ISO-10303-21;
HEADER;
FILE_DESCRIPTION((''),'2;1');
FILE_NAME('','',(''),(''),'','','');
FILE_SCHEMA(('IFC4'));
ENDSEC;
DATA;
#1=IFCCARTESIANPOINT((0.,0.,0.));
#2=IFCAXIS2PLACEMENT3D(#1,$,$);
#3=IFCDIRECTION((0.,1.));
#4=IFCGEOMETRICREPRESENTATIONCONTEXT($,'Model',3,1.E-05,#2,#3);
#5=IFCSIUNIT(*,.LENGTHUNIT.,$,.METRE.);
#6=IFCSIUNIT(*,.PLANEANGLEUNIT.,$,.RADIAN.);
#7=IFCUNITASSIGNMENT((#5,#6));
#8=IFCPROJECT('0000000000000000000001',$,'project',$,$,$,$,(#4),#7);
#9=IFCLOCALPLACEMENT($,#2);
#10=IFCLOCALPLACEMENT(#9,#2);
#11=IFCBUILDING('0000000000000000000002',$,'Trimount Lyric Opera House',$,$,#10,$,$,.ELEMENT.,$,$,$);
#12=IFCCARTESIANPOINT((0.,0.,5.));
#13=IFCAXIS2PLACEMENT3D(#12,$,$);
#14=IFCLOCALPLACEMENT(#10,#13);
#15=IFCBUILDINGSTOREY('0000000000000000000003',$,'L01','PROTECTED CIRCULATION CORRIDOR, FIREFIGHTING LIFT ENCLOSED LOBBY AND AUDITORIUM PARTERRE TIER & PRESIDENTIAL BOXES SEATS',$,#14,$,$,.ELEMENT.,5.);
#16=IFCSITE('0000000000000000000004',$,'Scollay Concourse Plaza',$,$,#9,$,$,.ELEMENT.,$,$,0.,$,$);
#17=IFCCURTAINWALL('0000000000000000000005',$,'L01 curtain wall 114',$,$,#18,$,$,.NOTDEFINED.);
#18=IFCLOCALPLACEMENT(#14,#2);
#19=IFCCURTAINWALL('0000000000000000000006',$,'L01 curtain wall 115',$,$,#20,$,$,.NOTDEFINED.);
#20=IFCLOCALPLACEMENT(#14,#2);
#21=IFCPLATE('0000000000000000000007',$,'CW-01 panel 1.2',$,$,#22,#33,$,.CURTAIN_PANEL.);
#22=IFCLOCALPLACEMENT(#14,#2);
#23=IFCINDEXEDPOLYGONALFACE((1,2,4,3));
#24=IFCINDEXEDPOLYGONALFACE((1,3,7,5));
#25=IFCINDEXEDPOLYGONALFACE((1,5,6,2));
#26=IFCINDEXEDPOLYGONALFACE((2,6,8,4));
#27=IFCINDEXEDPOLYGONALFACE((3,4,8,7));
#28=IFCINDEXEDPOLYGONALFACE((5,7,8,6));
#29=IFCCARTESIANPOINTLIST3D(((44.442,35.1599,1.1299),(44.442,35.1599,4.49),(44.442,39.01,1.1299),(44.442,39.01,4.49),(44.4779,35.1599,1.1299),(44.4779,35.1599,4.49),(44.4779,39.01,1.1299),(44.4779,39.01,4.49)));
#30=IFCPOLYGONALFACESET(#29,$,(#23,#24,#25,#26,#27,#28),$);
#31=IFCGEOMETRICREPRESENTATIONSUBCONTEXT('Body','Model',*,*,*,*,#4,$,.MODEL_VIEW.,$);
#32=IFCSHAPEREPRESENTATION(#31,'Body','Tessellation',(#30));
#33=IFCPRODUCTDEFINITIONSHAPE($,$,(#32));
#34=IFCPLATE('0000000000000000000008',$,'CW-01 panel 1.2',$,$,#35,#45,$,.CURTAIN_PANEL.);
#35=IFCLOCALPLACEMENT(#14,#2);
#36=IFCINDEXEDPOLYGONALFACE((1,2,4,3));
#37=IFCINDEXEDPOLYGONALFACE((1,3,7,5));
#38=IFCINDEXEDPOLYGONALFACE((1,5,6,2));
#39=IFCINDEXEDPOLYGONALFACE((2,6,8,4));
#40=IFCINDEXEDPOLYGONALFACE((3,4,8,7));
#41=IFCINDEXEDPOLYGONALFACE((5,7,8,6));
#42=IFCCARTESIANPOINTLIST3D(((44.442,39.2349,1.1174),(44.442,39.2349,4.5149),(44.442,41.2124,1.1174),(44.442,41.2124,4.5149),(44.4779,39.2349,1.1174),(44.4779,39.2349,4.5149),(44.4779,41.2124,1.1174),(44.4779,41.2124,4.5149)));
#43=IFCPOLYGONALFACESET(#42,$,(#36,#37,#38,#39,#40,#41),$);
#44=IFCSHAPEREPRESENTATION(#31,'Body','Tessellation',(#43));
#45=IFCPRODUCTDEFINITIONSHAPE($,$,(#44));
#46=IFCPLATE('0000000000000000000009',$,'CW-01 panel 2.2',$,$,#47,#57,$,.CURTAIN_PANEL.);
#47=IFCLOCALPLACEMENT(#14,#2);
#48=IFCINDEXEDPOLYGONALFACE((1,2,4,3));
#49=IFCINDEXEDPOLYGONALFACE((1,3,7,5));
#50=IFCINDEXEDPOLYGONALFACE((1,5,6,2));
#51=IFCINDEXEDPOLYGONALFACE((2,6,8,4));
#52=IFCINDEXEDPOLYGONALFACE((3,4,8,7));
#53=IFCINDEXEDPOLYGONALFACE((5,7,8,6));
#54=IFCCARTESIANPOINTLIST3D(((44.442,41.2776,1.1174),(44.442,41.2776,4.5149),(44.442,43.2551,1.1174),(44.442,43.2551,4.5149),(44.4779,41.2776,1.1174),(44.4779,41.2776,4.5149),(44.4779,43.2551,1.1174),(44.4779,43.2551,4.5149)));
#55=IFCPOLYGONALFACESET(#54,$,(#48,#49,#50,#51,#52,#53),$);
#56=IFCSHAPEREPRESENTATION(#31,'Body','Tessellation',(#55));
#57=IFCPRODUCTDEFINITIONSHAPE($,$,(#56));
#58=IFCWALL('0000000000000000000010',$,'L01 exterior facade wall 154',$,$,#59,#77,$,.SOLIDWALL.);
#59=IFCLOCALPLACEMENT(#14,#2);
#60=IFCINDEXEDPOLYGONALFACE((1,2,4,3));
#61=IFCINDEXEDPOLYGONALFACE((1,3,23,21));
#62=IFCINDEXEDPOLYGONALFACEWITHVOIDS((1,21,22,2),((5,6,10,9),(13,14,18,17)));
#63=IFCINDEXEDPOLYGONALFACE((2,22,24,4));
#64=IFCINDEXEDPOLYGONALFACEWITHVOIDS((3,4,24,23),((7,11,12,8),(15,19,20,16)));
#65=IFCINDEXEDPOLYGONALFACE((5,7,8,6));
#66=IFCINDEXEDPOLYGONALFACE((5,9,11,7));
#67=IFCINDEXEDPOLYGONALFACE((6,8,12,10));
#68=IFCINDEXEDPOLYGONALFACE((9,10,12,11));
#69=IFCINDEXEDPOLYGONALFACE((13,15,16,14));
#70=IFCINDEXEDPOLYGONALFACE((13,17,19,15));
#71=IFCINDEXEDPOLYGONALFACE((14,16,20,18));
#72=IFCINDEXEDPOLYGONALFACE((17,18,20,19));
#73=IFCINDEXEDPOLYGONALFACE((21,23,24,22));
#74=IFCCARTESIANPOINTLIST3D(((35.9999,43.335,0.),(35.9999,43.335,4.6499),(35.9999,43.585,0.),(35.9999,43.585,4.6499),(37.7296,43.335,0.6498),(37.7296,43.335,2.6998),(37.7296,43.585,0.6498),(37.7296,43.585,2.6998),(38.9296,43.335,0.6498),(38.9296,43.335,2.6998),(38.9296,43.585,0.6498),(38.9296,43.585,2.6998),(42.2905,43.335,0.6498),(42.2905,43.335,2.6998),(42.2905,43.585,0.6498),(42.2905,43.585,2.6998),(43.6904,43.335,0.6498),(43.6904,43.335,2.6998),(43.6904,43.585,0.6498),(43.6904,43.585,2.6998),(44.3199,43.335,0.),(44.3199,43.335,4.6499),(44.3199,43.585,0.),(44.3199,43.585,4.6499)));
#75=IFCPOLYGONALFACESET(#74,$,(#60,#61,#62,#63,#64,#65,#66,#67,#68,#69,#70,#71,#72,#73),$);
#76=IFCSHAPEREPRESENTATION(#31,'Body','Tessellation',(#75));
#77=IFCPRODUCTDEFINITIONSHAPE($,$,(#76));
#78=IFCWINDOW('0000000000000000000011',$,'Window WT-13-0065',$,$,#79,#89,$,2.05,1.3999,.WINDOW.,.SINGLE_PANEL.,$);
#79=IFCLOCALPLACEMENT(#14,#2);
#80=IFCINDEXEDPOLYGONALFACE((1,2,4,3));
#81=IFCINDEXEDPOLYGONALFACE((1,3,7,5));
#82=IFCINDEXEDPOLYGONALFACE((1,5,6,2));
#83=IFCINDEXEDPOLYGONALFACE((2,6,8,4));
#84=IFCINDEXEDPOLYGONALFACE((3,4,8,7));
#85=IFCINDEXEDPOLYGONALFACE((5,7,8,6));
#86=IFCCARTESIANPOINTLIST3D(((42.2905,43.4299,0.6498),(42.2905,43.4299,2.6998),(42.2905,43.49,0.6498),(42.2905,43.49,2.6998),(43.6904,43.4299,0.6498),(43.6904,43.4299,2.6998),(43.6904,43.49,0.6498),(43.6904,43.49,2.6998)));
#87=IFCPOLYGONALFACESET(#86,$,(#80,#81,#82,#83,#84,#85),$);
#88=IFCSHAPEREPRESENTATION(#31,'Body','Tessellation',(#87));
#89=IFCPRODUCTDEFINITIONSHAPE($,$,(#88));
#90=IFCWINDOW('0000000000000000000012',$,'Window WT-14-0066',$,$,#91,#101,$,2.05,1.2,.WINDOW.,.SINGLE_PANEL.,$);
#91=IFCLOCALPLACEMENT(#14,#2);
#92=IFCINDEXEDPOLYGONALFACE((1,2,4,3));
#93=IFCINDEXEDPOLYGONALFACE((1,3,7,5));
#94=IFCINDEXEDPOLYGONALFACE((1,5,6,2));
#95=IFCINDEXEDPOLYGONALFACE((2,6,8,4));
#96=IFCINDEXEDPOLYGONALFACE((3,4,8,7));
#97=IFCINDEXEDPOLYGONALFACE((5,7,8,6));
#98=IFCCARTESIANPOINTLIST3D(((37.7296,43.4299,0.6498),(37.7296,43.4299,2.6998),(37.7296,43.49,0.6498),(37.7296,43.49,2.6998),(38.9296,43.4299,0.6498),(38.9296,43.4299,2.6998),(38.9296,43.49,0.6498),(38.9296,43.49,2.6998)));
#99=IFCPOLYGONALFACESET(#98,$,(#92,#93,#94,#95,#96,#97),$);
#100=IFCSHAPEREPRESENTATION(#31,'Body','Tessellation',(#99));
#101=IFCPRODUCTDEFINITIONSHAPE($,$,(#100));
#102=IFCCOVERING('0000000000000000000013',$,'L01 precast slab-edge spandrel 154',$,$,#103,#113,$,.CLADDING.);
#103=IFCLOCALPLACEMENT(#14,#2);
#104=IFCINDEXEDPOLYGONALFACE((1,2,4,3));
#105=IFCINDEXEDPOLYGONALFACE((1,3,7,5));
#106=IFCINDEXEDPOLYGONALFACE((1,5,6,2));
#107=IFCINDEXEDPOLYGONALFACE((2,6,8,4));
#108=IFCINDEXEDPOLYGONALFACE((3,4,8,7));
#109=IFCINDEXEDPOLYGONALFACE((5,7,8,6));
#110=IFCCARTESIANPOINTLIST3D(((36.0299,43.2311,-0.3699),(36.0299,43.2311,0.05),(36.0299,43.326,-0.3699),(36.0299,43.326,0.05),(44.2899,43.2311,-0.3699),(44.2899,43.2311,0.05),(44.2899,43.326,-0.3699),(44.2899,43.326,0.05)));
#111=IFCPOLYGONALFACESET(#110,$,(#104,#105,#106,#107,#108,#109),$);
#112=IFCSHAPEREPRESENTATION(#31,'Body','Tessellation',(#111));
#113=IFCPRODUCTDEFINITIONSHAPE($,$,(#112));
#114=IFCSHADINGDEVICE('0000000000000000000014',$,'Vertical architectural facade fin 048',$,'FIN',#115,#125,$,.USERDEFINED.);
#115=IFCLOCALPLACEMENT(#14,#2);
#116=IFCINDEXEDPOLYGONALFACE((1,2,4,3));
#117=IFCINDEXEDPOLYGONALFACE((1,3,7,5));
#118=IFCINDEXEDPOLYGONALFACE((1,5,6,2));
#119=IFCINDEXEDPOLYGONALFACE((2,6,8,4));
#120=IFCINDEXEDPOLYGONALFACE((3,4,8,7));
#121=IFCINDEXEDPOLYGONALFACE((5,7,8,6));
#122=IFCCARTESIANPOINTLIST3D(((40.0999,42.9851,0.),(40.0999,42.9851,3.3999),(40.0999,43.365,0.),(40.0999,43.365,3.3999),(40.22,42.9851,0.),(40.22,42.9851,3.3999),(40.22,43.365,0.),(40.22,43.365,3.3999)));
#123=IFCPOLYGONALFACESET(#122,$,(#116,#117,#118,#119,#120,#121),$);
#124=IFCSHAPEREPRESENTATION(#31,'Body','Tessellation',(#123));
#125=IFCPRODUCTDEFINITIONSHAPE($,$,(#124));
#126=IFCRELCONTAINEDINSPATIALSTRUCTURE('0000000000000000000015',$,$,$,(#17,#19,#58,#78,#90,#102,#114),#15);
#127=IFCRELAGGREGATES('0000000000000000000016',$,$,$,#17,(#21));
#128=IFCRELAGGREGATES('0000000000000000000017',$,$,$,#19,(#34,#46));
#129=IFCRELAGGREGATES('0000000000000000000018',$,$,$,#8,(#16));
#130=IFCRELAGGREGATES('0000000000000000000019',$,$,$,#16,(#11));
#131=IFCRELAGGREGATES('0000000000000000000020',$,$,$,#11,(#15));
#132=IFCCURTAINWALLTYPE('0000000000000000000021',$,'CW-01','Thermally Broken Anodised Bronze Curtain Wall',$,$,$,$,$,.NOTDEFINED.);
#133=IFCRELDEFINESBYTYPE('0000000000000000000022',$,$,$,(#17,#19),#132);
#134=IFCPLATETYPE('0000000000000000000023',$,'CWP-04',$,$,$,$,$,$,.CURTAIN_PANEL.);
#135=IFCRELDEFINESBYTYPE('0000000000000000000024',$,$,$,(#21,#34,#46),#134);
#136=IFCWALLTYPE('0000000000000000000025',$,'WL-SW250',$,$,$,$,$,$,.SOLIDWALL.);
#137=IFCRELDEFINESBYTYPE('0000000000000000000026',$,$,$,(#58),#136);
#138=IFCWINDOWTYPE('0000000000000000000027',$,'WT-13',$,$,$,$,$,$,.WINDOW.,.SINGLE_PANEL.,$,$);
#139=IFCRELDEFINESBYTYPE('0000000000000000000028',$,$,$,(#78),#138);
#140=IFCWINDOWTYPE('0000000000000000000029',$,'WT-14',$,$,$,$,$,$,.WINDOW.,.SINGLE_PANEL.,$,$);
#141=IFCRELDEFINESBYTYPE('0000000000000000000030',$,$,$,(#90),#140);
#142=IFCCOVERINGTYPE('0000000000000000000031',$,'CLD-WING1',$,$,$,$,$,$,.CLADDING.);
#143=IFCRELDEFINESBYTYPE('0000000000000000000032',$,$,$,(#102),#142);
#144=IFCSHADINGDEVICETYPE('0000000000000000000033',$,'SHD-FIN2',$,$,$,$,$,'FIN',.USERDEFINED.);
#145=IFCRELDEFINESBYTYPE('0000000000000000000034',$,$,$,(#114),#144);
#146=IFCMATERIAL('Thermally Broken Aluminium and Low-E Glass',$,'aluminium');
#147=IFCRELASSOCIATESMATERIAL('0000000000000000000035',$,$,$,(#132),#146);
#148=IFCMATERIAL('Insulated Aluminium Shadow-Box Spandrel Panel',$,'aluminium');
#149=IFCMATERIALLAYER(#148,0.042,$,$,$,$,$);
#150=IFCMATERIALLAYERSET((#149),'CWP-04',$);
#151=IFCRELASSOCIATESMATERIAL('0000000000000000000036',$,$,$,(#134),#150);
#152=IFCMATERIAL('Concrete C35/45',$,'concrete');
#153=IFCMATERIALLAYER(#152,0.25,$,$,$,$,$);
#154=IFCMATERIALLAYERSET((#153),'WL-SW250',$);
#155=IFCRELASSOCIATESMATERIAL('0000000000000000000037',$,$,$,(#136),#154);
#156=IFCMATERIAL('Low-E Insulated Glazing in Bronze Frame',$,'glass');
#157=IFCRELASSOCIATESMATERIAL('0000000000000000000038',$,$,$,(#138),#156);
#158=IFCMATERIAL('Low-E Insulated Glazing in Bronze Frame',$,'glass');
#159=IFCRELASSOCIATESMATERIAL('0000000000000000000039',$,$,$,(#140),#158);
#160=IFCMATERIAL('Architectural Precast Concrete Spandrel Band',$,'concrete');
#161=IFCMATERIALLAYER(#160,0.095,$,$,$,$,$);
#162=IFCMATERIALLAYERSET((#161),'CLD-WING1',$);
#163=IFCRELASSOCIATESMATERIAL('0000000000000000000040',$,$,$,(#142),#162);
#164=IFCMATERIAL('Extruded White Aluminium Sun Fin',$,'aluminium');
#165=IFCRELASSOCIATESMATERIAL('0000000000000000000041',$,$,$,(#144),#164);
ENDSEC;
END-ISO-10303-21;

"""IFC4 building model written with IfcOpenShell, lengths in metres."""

from ifc_helpers import new_model, si_unit, direction, frame, frame_2d, origin, origin_2d, place, context, subcontext, project, spatial, rectangle, extrude, material, layer, layer_set, type_object, element, fill, aggregate, save


model = new_model("IFC4")

# Units and contexts
model_context = context("Model", 3, precision=1e-05, world=origin(), true_north=direction((0.0, 1.0)))
body_context = subcontext(model_context, "Body", "Model", "MODEL_VIEW")
ifc_project = project(units=[si_unit("LENGTHUNIT", "METRE"), si_unit("PLANEANGLEUNIT", "RADIAN")], contexts=[model_context])

# Site, building, storey
site_placement = place(None, origin())
site = spatial("IfcSite", under=ifc_project, at=site_placement, Name="Scollay Concourse Plaza", CompositionType="ELEMENT", RefElevation=0.0)
building_placement = place(site_placement, origin())
building = spatial("IfcBuilding", under=site, at=building_placement, Name="Trimount Lyric Opera House", CompositionType="ELEMENT")
storey_placement = place(building_placement, frame((0.0, 0.0, 5.0)))
storey = spatial("IfcBuildingStorey", under=building, at=storey_placement, Name="L01", Description="PROTECTED CIRCULATION CORRIDOR, FIREFIGHTING LIFT ENCLOSED LOBBY AND AUDITORIUM PARTERRE TIER & PRESIDENTIAL BOXES SEATS", CompositionType="ELEMENT", Elevation=5.0)

# Curtain wall
ifc_material_1 = material(Name="Thermally Broken Aluminium and Low-E Glass", Category="aluminium")
curtain_wall_type = type_object("IfcCurtainWallType", Name="CW-01", Description="Thermally Broken Anodised Bronze Curtain Wall", PredefinedType="NOTDEFINED", material=ifc_material_1)
curtain_wall_1_placement = place(storey_placement, origin())
curtain_wall_1 = element("IfcCurtainWall", 1, at=curtain_wall_1_placement, inside=storey, type_object=curtain_wall_type, Name="L01 curtain wall 114", PredefinedType="NOTDEFINED")

# Curtain wall
curtain_wall_2_placement = place(storey_placement, origin())
curtain_wall_2 = element("IfcCurtainWall", 2, at=curtain_wall_2_placement, inside=storey, type_object=curtain_wall_type, Name="L01 curtain wall 115", PredefinedType="NOTDEFINED")

# Plates
ifc_material_2 = material(Name="Insulated Aluminium Shadow-Box Spandrel Panel", Category="aluminium")
ifc_layer_1 = layer(ifc_material_2, 0.042)
ifc_layer_set_1 = layer_set([ifc_layer_1], Name="CWP-04")
plate_type_1 = type_object("IfcPlateType", Name="CWP-04", PredefinedType="CURTAIN_PANEL", material=ifc_layer_set_1)
plate_1_placement = place(storey_placement, frame((44.46, 37.085, 1.1299), z_axis=(0.0, 0.0, 1.0), x_axis=(0.0, 1.0, 0.0)))
plate_1 = element("IfcPlate", 3, at=plate_1_placement, type_object=plate_type_1, Name="CW-01 panel 1.2", PredefinedType="CURTAIN_PANEL", context=body_context, shape_type="SweptSolid", body=[
    extrude(rectangle(XDim=3.8501, YDim=0.0359, at=origin_2d()), origin(), (0.0, 0.0, 1.0), 3.3601),
])
aggregate(curtain_wall_1, [plate_1])
plate_2_placement = place(storey_placement, frame((44.46, 40.2236, 1.1174), z_axis=(0.0, 0.0, 1.0), x_axis=(0.0, 1.0, 0.0)))
plate_2 = element("IfcPlate", 4, at=plate_2_placement, type_object=plate_type_1, Name="CW-01 panel 1.2", PredefinedType="CURTAIN_PANEL", context=body_context, shape_type="SweptSolid", body=[
    extrude(rectangle(XDim=1.9775, YDim=0.0359, at=origin_2d()), origin(), (0.0, 0.0, 1.0), 3.3975),
])
plate_3_placement = place(storey_placement, frame((44.46, 42.2664, 1.1174), z_axis=(0.0, 0.0, 1.0), x_axis=(0.0, 1.0, 0.0)))
plate_3 = element("IfcPlate", 5, at=plate_3_placement, type_object=plate_type_1, Name="CW-01 panel 2.2", PredefinedType="CURTAIN_PANEL", context=body_context, shape_type="SweptSolid", body=[
    extrude(rectangle(XDim=1.9775, YDim=0.0359, at=origin_2d()), origin(), (0.0, 0.0, 1.0), 3.3975),
])
aggregate(curtain_wall_2, [plate_2, plate_3])

# Wall, openings, windows
ifc_material_3 = material(Name="Concrete C35/45", Category="concrete")
ifc_layer_2 = layer(ifc_material_3, 0.25)
ifc_layer_set_2 = layer_set([ifc_layer_2], Name="WL-SW250")
wall_type = type_object("IfcWallType", Name="WL-SW250", PredefinedType="SOLIDWALL", material=ifc_layer_set_2)
wall_placement = place(storey_placement, frame((44.3201, 43.46, 0.0), z_axis=(0.0, 0.0, 1.0), x_axis=(-1.0, 0.0, 0.0)))
wall = element("IfcWall", 6, at=wall_placement, inside=storey, type_object=wall_type, Name="L01 exterior facade wall 154", PredefinedType="SOLIDWALL", context=body_context, shape_type="SweptSolid", body=[
    extrude(rectangle(XDim=8.3201, YDim=0.25, at=frame_2d((4.1602, 0.0))), origin(), (0.0, 0.0, 1.0), 4.6499),
])
opening_1_placement = place(wall_placement, frame((0.6296, 0.0, 0.6499)))
opening_1 = element("IfcOpeningElement", 7, at=opening_1_placement, cuts=wall, PredefinedType="OPENING", context=body_context, shape_type="SweptSolid", body=[
    extrude(rectangle(XDim=1.3999, YDim=2.05, at=frame_2d((0.7, 1.0249))), frame((0.0, 0.135, 0.0), z_axis=(0.0, -1.0, 0.0), x_axis=(1.0, 0.0, 0.0)), (0.0, 0.0, 1.0), 0.27),
])
opening_2_placement = place(wall_placement, frame((5.3904, 0.0, 0.6499)))
opening_2 = element("IfcOpeningElement", 8, at=opening_2_placement, cuts=wall, PredefinedType="OPENING", context=body_context, shape_type="SweptSolid", body=[
    extrude(rectangle(XDim=1.2, YDim=2.05, at=frame_2d((0.6001, 1.0249))), frame((0.0, 0.135, 0.0), z_axis=(0.0, -1.0, 0.0), x_axis=(1.0, 0.0, 0.0)), (0.0, 0.0, 1.0), 0.27),
])
ifc_material_4 = material(Name="Low-E Insulated Glazing in Bronze Frame", Category="glass")
window_type_1 = type_object("IfcWindowType", Name="WT-13", PartitioningType="SINGLE_PANEL", PredefinedType="WINDOW", material=ifc_material_4)
window_1_placement = place(opening_1_placement, origin())
window_1 = element("IfcWindow", 9, at=window_1_placement, inside=storey, type_object=window_type_1, Name="Window WT-13-0065", OverallHeight=2.05, OverallWidth=1.3999, PartitioningType="SINGLE_PANEL", PredefinedType="WINDOW", context=body_context, shape_type="SweptSolid", body=[
    extrude(rectangle(XDim=1.3999, YDim=2.05, at=frame_2d((0.7, 1.0249))), frame((0.0, 0.03, 0.0), z_axis=(0.0, -1.0, 0.0), x_axis=(1.0, 0.0, 0.0)), (0.0, 0.0, 1.0), 0.0601),
])
fill(opening_1, window_1)
ifc_material_5 = material(Name="Low-E Insulated Glazing in Bronze Frame", Category="glass")
window_type_2 = type_object("IfcWindowType", Name="WT-14", PartitioningType="SINGLE_PANEL", PredefinedType="WINDOW", material=ifc_material_5)
window_2_placement = place(opening_2_placement, origin())
window_2 = element("IfcWindow", 10, at=window_2_placement, inside=storey, type_object=window_type_2, Name="Window WT-14-0066", OverallHeight=2.05, OverallWidth=1.2, PartitioningType="SINGLE_PANEL", PredefinedType="WINDOW", context=body_context, shape_type="SweptSolid", body=[
    extrude(rectangle(XDim=1.2, YDim=2.05, at=frame_2d((0.6001, 1.0249))), frame((0.0, 0.03, 0.0), z_axis=(0.0, -1.0, 0.0), x_axis=(1.0, 0.0, 0.0)), (0.0, 0.0, 1.0), 0.0601),
])
fill(opening_2, window_2)

# Covering
ifc_material_6 = material(Name="Architectural Precast Concrete Spandrel Band", Category="concrete")
ifc_layer_3 = layer(ifc_material_6, 0.095)
ifc_layer_set_3 = layer_set([ifc_layer_3], Name="CLD-WING1")
covering_type = type_object("IfcCoveringType", Name="CLD-WING1", PredefinedType="CLADDING", material=ifc_layer_set_3)
covering_placement = place(storey_placement, frame((40.1599, 43.2786, -0.3699), z_axis=(0.0, 0.0, 1.0), x_axis=(-1.0, 0.0, 0.0)))
element("IfcCovering", 11, at=covering_placement, inside=storey, type_object=covering_type, Name="L01 precast slab-edge spandrel 154", PredefinedType="CLADDING", context=body_context, shape_type="SweptSolid", body=[
    extrude(rectangle(XDim=8.26, YDim=0.095, at=origin_2d()), origin(), (0.0, 0.0, 1.0), 0.4199),
])

# Shading device
ifc_material_7 = material(Name="Extruded White Aluminium Sun Fin", Category="aluminium")
shading_device_type = type_object("IfcShadingDeviceType", Name="SHD-FIN2", ElementType="FIN", PredefinedType="USERDEFINED", material=ifc_material_7)
shading_device_placement = place(storey_placement, frame((40.1599, 43.175, 0.0), z_axis=(0.0, 0.0, 1.0), x_axis=(1.0, 0.0, 0.0)))
element("IfcShadingDevice", 12, at=shading_device_placement, inside=storey, type_object=shading_device_type, Name="Vertical architectural facade fin 048", ObjectType="FIN", PredefinedType="USERDEFINED", context=body_context, shape_type="SweptSolid", body=[
    extrude(rectangle(XDim=0.1201, YDim=0.3799, at=origin_2d()), origin(), (0.0, 0.0, 1.0), 3.3999),
])

save(model, "model.ifc")
